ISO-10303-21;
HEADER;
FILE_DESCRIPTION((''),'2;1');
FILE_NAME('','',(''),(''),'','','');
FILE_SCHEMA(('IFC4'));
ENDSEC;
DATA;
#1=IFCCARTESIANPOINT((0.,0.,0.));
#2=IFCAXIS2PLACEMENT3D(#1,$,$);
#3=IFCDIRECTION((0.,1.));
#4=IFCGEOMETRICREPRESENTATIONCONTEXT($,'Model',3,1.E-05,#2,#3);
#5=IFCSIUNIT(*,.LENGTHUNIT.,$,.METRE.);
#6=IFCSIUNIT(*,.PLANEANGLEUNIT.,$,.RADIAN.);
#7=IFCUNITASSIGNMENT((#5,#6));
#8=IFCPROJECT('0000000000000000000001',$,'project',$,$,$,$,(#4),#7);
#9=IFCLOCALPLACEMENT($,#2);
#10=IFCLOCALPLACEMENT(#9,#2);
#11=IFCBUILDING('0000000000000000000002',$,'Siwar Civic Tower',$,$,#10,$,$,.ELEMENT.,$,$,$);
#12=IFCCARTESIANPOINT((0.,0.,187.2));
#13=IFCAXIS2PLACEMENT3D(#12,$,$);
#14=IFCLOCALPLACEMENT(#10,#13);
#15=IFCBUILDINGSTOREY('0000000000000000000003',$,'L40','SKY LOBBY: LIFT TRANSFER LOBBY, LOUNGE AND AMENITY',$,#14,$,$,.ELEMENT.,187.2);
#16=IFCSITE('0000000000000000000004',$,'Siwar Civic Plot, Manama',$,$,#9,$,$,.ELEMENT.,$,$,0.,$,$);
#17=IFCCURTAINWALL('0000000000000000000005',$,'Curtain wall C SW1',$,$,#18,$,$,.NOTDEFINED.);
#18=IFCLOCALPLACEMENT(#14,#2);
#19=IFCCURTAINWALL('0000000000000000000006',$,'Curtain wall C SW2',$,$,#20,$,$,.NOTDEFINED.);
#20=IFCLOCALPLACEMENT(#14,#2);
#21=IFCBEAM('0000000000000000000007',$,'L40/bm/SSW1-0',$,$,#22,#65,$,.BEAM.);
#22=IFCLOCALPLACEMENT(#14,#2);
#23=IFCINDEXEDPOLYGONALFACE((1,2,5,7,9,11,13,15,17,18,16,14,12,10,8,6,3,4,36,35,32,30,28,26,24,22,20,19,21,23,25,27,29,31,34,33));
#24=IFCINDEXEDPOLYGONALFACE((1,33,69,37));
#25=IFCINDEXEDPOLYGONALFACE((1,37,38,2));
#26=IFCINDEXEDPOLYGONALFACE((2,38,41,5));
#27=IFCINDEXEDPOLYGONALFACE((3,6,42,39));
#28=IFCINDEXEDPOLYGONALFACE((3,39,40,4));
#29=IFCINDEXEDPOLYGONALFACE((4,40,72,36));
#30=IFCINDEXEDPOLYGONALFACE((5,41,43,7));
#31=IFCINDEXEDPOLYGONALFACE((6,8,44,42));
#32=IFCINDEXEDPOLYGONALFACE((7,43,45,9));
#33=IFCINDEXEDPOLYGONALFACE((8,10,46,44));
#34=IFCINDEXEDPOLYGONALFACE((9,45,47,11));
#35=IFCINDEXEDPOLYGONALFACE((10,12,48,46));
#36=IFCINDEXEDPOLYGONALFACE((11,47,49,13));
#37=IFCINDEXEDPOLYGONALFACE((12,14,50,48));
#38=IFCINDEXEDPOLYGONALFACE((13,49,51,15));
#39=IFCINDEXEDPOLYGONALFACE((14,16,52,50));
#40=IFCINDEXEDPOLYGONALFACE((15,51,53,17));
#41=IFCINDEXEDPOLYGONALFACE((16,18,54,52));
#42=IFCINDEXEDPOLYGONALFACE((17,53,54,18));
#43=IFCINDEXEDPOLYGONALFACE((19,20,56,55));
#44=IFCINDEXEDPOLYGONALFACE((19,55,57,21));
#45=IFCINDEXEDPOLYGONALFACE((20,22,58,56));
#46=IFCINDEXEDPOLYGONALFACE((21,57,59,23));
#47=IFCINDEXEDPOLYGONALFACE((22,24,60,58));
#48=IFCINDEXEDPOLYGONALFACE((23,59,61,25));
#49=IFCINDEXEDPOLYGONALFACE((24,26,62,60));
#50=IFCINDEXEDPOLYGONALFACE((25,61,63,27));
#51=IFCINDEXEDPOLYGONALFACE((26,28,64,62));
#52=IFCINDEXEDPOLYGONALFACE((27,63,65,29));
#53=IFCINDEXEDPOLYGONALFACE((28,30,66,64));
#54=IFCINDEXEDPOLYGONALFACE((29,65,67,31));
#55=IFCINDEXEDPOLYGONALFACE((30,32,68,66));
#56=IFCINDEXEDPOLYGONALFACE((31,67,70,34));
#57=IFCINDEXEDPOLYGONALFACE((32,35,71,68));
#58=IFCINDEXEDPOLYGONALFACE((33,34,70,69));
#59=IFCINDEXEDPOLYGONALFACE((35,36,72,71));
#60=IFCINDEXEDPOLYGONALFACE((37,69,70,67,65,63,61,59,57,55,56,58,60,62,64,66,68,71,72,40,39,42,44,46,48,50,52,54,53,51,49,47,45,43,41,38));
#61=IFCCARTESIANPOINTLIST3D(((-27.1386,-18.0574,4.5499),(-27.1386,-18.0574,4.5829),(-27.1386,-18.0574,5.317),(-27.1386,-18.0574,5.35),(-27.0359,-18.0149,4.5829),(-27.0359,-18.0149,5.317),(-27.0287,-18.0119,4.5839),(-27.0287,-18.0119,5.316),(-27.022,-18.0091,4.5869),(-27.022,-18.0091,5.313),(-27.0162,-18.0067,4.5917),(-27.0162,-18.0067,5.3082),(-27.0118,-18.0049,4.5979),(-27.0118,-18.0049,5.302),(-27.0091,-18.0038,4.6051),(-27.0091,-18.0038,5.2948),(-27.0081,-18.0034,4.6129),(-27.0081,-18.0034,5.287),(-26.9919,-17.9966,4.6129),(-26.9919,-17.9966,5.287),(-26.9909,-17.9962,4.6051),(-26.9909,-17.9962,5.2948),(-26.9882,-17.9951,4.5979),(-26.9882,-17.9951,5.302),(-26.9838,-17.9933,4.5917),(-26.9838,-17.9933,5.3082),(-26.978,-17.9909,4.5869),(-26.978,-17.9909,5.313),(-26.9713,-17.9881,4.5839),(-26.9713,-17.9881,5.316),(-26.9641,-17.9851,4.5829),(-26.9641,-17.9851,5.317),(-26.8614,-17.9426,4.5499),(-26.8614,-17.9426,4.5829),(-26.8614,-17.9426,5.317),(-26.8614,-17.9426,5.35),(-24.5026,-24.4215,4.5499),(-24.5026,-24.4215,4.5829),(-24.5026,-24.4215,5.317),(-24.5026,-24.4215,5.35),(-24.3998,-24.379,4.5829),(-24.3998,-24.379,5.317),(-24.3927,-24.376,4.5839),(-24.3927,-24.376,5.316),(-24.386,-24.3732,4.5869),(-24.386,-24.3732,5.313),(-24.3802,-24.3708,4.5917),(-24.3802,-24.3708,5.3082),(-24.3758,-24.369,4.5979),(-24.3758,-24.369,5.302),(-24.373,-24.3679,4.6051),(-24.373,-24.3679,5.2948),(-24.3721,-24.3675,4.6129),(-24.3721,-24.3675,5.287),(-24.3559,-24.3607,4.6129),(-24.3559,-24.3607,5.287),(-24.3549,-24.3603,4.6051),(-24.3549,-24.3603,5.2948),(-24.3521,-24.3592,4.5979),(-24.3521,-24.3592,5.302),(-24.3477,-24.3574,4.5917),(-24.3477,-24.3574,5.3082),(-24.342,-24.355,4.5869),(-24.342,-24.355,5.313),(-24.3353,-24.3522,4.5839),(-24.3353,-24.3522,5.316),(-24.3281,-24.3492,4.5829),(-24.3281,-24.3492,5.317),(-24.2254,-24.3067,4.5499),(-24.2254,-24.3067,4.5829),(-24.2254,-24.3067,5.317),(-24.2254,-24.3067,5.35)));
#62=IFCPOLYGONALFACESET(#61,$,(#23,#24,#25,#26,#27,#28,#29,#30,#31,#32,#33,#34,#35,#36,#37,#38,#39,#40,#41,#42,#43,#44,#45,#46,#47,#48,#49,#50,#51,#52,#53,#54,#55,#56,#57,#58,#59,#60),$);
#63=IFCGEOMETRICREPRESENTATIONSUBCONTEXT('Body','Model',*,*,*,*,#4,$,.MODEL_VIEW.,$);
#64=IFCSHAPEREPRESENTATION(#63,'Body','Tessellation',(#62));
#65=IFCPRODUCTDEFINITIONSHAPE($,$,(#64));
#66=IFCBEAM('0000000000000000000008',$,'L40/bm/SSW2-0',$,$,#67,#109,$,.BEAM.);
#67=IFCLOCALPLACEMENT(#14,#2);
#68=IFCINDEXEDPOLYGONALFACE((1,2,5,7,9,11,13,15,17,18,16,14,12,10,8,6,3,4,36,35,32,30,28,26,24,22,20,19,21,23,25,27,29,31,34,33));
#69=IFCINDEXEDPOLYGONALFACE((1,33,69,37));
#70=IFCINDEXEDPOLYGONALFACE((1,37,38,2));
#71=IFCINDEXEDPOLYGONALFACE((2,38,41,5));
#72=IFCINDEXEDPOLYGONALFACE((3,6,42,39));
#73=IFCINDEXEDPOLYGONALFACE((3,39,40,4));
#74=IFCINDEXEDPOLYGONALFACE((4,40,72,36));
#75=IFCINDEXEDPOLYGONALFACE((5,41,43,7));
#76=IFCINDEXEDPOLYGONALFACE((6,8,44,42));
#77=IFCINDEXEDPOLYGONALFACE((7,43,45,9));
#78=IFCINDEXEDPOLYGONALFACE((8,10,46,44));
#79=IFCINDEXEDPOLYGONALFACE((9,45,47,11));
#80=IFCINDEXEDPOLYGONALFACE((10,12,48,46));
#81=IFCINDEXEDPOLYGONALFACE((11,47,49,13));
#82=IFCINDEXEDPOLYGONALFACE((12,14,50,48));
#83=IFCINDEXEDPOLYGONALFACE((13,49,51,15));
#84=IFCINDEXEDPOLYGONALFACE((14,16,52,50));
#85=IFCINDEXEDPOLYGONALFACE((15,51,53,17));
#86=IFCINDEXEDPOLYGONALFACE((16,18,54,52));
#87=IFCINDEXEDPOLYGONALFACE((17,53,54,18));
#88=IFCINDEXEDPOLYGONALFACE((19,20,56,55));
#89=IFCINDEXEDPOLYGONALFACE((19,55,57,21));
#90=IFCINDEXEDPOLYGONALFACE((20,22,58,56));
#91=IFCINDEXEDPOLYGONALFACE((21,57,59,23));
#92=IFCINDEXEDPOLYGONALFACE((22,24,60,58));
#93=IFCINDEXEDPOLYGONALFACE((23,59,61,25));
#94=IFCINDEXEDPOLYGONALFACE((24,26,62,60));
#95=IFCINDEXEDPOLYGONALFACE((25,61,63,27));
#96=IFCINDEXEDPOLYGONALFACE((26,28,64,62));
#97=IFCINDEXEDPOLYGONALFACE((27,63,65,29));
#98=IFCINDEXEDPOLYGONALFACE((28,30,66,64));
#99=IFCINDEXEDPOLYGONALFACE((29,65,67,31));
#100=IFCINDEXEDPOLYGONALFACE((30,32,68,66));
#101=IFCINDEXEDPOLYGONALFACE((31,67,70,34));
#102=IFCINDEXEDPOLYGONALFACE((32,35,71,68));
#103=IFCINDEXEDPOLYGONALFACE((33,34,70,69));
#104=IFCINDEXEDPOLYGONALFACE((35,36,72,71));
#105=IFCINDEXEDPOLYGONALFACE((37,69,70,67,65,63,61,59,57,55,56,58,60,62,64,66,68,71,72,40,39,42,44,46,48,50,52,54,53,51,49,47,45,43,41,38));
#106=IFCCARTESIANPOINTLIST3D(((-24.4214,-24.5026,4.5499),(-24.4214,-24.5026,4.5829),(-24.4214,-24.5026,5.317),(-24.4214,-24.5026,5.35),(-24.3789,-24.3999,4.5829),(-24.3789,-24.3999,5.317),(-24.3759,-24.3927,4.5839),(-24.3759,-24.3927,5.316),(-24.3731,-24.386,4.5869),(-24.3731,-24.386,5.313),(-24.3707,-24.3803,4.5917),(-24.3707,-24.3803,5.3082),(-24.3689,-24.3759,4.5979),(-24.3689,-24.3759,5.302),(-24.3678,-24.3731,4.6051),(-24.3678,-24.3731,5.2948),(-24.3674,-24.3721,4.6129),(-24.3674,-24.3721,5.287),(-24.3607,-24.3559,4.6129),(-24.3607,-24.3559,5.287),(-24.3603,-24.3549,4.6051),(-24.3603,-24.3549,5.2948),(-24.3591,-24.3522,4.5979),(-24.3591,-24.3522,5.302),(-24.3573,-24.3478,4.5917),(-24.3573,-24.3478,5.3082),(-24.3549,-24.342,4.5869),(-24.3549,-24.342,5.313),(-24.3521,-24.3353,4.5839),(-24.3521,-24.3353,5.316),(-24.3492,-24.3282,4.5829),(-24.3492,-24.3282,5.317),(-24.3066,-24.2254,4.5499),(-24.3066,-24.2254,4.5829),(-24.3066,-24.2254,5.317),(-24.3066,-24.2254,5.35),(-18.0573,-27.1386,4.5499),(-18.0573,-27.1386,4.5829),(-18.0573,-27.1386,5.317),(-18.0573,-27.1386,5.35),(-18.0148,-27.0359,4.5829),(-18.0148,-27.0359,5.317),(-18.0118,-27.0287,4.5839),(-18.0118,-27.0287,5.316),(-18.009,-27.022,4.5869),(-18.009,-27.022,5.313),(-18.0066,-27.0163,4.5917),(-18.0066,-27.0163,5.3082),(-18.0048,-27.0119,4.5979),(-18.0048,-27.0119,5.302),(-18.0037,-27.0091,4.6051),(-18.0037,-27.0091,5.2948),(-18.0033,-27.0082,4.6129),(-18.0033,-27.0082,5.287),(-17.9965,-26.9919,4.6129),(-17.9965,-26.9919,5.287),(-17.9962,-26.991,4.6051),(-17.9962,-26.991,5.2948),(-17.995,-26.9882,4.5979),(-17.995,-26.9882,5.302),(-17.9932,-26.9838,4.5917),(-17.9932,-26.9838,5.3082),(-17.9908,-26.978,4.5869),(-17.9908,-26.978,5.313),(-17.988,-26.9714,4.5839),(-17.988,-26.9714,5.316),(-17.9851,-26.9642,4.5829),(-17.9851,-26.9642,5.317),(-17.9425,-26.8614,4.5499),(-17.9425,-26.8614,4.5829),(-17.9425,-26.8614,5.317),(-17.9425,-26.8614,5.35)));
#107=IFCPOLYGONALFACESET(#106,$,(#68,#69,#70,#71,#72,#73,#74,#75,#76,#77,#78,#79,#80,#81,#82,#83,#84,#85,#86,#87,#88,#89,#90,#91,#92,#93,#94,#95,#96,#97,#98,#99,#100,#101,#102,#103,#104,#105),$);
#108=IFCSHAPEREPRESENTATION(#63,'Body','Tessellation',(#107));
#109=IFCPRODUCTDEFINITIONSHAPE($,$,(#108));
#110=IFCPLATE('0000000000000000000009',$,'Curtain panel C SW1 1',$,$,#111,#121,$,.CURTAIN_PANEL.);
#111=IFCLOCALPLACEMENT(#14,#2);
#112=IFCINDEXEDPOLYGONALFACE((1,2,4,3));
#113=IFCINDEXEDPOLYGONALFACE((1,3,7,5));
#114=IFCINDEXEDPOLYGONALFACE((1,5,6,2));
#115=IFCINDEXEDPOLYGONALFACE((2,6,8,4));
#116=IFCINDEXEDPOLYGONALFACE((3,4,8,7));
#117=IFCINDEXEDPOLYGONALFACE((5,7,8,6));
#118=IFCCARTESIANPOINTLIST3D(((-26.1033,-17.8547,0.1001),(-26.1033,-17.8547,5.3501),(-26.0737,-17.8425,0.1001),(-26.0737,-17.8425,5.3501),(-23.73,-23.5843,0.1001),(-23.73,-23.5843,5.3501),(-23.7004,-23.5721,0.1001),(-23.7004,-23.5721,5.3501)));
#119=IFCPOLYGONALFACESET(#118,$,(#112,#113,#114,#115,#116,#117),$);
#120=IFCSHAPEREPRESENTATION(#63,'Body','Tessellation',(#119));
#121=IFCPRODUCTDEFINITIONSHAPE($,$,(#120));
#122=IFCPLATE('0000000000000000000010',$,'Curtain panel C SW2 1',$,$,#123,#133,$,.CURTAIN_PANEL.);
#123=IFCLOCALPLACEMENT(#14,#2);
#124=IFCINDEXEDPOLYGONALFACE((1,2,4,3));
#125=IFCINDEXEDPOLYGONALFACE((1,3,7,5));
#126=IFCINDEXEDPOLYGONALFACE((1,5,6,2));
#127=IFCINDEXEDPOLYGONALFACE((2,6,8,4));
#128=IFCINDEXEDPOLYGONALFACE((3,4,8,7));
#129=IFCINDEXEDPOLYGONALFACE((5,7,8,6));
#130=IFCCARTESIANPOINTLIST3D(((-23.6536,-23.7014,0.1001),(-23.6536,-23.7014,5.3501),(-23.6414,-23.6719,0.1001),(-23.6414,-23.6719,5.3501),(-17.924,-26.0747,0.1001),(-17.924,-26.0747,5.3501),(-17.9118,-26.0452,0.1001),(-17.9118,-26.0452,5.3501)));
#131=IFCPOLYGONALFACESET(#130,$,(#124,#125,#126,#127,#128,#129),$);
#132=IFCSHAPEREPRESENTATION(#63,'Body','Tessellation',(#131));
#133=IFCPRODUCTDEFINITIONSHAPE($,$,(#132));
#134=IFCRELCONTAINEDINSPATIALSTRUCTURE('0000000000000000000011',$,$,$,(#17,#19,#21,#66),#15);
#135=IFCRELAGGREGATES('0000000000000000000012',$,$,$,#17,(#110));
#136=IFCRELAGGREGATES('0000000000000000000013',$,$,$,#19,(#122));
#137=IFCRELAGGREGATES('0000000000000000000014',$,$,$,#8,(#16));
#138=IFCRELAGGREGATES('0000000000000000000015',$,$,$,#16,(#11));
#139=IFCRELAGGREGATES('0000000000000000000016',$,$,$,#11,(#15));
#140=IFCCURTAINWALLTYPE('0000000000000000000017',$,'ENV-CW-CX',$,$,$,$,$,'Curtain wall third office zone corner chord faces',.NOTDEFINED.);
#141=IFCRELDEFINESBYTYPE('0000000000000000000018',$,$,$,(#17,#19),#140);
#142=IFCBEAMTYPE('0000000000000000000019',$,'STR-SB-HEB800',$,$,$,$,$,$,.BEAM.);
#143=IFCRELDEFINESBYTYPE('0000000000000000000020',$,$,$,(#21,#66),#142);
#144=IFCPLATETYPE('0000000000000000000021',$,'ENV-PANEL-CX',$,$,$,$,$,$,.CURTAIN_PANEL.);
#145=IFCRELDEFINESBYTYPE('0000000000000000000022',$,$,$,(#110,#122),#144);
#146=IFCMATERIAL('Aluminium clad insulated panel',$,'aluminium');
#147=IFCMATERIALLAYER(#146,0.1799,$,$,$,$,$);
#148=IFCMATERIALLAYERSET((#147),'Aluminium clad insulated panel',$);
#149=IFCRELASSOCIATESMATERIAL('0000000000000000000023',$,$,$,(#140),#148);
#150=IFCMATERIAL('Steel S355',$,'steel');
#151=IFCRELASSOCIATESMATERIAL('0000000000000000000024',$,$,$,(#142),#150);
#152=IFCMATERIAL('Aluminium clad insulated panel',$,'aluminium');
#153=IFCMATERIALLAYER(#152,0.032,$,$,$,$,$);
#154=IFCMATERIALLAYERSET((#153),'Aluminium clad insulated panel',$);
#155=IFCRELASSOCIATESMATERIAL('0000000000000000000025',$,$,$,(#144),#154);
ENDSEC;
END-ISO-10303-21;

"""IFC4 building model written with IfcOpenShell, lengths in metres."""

from ifc_helpers import new_model, si_unit, direction, frame, origin, origin_2d, place, context, subcontext, project, spatial, rectangle, i_section, extrude, material, layer, layer_set, material_profile, profile_set, type_object, element, aggregate, save


model = new_model("IFC4")

# Units and contexts
model_context = context("Model", 3, precision=1e-05, world=origin(), true_north=direction((0.0, 1.0)))
body_context = subcontext(model_context, "Body", "Model", "MODEL_VIEW")
ifc_project = project(units=[si_unit("LENGTHUNIT", "METRE"), si_unit("PLANEANGLEUNIT", "RADIAN")], contexts=[model_context])

# Site, building, storey
site_placement = place(None, origin())
site = spatial("IfcSite", under=ifc_project, at=site_placement, Name="Siwar Civic Plot, Manama", CompositionType="ELEMENT", RefElevation=0.0)
building_placement = place(site_placement, origin())
building = spatial("IfcBuilding", under=site, at=building_placement, Name="Siwar Civic Tower", CompositionType="ELEMENT")
storey_placement = place(building_placement, frame((0.0, 0.0, 187.2)))
storey = spatial("IfcBuildingStorey", under=building, at=storey_placement, Name="L40", Description="SKY LOBBY: LIFT TRANSFER LOBBY, LOUNGE AND AMENITY", CompositionType="ELEMENT", Elevation=187.2)

# Curtain walls
ifc_material_1 = material(Name="Aluminium clad insulated panel", Category="aluminium")
ifc_layer_1 = layer(ifc_material_1, 0.1799)
ifc_layer_set_1 = layer_set([ifc_layer_1], Name="Aluminium clad insulated panel")
curtain_wall_type = type_object("IfcCurtainWallType", Name="ENV-CW-CX", ElementType="Curtain wall third office zone corner chord faces", PredefinedType="NOTDEFINED", material=ifc_layer_set_1)
curtain_wall_1_placement = place(storey_placement, origin())
curtain_wall_1 = element("IfcCurtainWall", 1, at=curtain_wall_1_placement, inside=storey, type_object=curtain_wall_type, Name="Curtain wall C SW1", PredefinedType="NOTDEFINED")
curtain_wall_2_placement = place(storey_placement, origin())
curtain_wall_2 = element("IfcCurtainWall", 2, at=curtain_wall_2_placement, inside=storey, type_object=curtain_wall_type, Name="Curtain wall C SW2", PredefinedType="NOTDEFINED")

# Beams
ifc_material_2 = material(Name="Steel S355", Category="steel")
ifc_material_profile_1 = material_profile(ifc_material_2, i_section(OverallWidth=0.3, OverallDepth=0.8, WebThickness=0.0176, FlangeThickness=0.033, FilletRadius=0.03, at=origin_2d()), Name="HEB800")
ifc_profile_set_1 = profile_set([ifc_material_profile_1], Name="Steel S355")
beam_type_1 = type_object("IfcBeamType", Name="STR-SB-HEB800", PredefinedType="BEAM", material=ifc_profile_set_1)
for number, where, z_axis, x_axis, name in (
    (3, (-27.0, -18.0, 4.95), (0.382674, -0.923883, 0.0), (0.923883, 0.382674, 0.0), "L40/bm/SSW1-0"),
    (4, (-24.364, -24.364, 4.95), (0.923883, -0.382674, 0.0), (0.382674, 0.923883, 0.0), "L40/bm/SSW2-0"),
):
    element("IfcBeam", number, at=place(storey_placement, frame(where, z_axis=z_axis, x_axis=x_axis)), inside=storey, type_object=beam_type_1, Name=name, PredefinedType="BEAM", context=body_context, shape_type="SweptSolid", body=[
        extrude(i_section(OverallWidth=0.3, OverallDepth=0.8, WebThickness=0.0176, FlangeThickness=0.033, FilletRadius=0.03, at=origin_2d()), origin(), (0.0, 0.0, 1.0), 6.8884),
    ])

# Plates
ifc_material_3 = material(Name="Aluminium clad insulated panel", Category="aluminium")
ifc_layer_2 = layer(ifc_material_3, 0.032)
ifc_layer_set_2 = layer_set([ifc_layer_2], Name="Aluminium clad insulated panel")
plate_type = type_object("IfcPlateType", Name="ENV-PANEL-CX", PredefinedType="CURTAIN_PANEL", material=ifc_layer_set_2)
plate_1_placement = place(storey_placement, frame((-24.9019, -20.7134, 0.1001), z_axis=(0.0, 0.0, 1.0), x_axis=(0.382683, -0.92388, 0.0)))
plate_1 = element("IfcPlate", 5, at=plate_1_placement, type_object=plate_type, Name="Curtain panel C SW1 1", PredefinedType="CURTAIN_PANEL", context=body_context, shape_type="SweptSolid", body=[
    extrude(rectangle(XDim=6.2017, YDim=0.032, at=origin_2d()), origin(), (0.0, 0.0, 1.0), 5.25),
])
aggregate(curtain_wall_1, [plate_1])
plate_2_placement = place(storey_placement, frame((-20.7827, -24.8733, 0.1001), z_axis=(0.0, 0.0, 1.0), x_axis=(0.92388, -0.382683, 0.0)))
plate_2 = element("IfcPlate", 6, at=plate_2_placement, type_object=plate_type, Name="Curtain panel C SW2 1", PredefinedType="CURTAIN_PANEL", context=body_context, shape_type="SweptSolid", body=[
    extrude(rectangle(XDim=6.2017, YDim=0.032, at=origin_2d()), origin(), (0.0, 0.0, 1.0), 5.25),
])
aggregate(curtain_wall_2, [plate_2])

save(model, "model.ifc")
